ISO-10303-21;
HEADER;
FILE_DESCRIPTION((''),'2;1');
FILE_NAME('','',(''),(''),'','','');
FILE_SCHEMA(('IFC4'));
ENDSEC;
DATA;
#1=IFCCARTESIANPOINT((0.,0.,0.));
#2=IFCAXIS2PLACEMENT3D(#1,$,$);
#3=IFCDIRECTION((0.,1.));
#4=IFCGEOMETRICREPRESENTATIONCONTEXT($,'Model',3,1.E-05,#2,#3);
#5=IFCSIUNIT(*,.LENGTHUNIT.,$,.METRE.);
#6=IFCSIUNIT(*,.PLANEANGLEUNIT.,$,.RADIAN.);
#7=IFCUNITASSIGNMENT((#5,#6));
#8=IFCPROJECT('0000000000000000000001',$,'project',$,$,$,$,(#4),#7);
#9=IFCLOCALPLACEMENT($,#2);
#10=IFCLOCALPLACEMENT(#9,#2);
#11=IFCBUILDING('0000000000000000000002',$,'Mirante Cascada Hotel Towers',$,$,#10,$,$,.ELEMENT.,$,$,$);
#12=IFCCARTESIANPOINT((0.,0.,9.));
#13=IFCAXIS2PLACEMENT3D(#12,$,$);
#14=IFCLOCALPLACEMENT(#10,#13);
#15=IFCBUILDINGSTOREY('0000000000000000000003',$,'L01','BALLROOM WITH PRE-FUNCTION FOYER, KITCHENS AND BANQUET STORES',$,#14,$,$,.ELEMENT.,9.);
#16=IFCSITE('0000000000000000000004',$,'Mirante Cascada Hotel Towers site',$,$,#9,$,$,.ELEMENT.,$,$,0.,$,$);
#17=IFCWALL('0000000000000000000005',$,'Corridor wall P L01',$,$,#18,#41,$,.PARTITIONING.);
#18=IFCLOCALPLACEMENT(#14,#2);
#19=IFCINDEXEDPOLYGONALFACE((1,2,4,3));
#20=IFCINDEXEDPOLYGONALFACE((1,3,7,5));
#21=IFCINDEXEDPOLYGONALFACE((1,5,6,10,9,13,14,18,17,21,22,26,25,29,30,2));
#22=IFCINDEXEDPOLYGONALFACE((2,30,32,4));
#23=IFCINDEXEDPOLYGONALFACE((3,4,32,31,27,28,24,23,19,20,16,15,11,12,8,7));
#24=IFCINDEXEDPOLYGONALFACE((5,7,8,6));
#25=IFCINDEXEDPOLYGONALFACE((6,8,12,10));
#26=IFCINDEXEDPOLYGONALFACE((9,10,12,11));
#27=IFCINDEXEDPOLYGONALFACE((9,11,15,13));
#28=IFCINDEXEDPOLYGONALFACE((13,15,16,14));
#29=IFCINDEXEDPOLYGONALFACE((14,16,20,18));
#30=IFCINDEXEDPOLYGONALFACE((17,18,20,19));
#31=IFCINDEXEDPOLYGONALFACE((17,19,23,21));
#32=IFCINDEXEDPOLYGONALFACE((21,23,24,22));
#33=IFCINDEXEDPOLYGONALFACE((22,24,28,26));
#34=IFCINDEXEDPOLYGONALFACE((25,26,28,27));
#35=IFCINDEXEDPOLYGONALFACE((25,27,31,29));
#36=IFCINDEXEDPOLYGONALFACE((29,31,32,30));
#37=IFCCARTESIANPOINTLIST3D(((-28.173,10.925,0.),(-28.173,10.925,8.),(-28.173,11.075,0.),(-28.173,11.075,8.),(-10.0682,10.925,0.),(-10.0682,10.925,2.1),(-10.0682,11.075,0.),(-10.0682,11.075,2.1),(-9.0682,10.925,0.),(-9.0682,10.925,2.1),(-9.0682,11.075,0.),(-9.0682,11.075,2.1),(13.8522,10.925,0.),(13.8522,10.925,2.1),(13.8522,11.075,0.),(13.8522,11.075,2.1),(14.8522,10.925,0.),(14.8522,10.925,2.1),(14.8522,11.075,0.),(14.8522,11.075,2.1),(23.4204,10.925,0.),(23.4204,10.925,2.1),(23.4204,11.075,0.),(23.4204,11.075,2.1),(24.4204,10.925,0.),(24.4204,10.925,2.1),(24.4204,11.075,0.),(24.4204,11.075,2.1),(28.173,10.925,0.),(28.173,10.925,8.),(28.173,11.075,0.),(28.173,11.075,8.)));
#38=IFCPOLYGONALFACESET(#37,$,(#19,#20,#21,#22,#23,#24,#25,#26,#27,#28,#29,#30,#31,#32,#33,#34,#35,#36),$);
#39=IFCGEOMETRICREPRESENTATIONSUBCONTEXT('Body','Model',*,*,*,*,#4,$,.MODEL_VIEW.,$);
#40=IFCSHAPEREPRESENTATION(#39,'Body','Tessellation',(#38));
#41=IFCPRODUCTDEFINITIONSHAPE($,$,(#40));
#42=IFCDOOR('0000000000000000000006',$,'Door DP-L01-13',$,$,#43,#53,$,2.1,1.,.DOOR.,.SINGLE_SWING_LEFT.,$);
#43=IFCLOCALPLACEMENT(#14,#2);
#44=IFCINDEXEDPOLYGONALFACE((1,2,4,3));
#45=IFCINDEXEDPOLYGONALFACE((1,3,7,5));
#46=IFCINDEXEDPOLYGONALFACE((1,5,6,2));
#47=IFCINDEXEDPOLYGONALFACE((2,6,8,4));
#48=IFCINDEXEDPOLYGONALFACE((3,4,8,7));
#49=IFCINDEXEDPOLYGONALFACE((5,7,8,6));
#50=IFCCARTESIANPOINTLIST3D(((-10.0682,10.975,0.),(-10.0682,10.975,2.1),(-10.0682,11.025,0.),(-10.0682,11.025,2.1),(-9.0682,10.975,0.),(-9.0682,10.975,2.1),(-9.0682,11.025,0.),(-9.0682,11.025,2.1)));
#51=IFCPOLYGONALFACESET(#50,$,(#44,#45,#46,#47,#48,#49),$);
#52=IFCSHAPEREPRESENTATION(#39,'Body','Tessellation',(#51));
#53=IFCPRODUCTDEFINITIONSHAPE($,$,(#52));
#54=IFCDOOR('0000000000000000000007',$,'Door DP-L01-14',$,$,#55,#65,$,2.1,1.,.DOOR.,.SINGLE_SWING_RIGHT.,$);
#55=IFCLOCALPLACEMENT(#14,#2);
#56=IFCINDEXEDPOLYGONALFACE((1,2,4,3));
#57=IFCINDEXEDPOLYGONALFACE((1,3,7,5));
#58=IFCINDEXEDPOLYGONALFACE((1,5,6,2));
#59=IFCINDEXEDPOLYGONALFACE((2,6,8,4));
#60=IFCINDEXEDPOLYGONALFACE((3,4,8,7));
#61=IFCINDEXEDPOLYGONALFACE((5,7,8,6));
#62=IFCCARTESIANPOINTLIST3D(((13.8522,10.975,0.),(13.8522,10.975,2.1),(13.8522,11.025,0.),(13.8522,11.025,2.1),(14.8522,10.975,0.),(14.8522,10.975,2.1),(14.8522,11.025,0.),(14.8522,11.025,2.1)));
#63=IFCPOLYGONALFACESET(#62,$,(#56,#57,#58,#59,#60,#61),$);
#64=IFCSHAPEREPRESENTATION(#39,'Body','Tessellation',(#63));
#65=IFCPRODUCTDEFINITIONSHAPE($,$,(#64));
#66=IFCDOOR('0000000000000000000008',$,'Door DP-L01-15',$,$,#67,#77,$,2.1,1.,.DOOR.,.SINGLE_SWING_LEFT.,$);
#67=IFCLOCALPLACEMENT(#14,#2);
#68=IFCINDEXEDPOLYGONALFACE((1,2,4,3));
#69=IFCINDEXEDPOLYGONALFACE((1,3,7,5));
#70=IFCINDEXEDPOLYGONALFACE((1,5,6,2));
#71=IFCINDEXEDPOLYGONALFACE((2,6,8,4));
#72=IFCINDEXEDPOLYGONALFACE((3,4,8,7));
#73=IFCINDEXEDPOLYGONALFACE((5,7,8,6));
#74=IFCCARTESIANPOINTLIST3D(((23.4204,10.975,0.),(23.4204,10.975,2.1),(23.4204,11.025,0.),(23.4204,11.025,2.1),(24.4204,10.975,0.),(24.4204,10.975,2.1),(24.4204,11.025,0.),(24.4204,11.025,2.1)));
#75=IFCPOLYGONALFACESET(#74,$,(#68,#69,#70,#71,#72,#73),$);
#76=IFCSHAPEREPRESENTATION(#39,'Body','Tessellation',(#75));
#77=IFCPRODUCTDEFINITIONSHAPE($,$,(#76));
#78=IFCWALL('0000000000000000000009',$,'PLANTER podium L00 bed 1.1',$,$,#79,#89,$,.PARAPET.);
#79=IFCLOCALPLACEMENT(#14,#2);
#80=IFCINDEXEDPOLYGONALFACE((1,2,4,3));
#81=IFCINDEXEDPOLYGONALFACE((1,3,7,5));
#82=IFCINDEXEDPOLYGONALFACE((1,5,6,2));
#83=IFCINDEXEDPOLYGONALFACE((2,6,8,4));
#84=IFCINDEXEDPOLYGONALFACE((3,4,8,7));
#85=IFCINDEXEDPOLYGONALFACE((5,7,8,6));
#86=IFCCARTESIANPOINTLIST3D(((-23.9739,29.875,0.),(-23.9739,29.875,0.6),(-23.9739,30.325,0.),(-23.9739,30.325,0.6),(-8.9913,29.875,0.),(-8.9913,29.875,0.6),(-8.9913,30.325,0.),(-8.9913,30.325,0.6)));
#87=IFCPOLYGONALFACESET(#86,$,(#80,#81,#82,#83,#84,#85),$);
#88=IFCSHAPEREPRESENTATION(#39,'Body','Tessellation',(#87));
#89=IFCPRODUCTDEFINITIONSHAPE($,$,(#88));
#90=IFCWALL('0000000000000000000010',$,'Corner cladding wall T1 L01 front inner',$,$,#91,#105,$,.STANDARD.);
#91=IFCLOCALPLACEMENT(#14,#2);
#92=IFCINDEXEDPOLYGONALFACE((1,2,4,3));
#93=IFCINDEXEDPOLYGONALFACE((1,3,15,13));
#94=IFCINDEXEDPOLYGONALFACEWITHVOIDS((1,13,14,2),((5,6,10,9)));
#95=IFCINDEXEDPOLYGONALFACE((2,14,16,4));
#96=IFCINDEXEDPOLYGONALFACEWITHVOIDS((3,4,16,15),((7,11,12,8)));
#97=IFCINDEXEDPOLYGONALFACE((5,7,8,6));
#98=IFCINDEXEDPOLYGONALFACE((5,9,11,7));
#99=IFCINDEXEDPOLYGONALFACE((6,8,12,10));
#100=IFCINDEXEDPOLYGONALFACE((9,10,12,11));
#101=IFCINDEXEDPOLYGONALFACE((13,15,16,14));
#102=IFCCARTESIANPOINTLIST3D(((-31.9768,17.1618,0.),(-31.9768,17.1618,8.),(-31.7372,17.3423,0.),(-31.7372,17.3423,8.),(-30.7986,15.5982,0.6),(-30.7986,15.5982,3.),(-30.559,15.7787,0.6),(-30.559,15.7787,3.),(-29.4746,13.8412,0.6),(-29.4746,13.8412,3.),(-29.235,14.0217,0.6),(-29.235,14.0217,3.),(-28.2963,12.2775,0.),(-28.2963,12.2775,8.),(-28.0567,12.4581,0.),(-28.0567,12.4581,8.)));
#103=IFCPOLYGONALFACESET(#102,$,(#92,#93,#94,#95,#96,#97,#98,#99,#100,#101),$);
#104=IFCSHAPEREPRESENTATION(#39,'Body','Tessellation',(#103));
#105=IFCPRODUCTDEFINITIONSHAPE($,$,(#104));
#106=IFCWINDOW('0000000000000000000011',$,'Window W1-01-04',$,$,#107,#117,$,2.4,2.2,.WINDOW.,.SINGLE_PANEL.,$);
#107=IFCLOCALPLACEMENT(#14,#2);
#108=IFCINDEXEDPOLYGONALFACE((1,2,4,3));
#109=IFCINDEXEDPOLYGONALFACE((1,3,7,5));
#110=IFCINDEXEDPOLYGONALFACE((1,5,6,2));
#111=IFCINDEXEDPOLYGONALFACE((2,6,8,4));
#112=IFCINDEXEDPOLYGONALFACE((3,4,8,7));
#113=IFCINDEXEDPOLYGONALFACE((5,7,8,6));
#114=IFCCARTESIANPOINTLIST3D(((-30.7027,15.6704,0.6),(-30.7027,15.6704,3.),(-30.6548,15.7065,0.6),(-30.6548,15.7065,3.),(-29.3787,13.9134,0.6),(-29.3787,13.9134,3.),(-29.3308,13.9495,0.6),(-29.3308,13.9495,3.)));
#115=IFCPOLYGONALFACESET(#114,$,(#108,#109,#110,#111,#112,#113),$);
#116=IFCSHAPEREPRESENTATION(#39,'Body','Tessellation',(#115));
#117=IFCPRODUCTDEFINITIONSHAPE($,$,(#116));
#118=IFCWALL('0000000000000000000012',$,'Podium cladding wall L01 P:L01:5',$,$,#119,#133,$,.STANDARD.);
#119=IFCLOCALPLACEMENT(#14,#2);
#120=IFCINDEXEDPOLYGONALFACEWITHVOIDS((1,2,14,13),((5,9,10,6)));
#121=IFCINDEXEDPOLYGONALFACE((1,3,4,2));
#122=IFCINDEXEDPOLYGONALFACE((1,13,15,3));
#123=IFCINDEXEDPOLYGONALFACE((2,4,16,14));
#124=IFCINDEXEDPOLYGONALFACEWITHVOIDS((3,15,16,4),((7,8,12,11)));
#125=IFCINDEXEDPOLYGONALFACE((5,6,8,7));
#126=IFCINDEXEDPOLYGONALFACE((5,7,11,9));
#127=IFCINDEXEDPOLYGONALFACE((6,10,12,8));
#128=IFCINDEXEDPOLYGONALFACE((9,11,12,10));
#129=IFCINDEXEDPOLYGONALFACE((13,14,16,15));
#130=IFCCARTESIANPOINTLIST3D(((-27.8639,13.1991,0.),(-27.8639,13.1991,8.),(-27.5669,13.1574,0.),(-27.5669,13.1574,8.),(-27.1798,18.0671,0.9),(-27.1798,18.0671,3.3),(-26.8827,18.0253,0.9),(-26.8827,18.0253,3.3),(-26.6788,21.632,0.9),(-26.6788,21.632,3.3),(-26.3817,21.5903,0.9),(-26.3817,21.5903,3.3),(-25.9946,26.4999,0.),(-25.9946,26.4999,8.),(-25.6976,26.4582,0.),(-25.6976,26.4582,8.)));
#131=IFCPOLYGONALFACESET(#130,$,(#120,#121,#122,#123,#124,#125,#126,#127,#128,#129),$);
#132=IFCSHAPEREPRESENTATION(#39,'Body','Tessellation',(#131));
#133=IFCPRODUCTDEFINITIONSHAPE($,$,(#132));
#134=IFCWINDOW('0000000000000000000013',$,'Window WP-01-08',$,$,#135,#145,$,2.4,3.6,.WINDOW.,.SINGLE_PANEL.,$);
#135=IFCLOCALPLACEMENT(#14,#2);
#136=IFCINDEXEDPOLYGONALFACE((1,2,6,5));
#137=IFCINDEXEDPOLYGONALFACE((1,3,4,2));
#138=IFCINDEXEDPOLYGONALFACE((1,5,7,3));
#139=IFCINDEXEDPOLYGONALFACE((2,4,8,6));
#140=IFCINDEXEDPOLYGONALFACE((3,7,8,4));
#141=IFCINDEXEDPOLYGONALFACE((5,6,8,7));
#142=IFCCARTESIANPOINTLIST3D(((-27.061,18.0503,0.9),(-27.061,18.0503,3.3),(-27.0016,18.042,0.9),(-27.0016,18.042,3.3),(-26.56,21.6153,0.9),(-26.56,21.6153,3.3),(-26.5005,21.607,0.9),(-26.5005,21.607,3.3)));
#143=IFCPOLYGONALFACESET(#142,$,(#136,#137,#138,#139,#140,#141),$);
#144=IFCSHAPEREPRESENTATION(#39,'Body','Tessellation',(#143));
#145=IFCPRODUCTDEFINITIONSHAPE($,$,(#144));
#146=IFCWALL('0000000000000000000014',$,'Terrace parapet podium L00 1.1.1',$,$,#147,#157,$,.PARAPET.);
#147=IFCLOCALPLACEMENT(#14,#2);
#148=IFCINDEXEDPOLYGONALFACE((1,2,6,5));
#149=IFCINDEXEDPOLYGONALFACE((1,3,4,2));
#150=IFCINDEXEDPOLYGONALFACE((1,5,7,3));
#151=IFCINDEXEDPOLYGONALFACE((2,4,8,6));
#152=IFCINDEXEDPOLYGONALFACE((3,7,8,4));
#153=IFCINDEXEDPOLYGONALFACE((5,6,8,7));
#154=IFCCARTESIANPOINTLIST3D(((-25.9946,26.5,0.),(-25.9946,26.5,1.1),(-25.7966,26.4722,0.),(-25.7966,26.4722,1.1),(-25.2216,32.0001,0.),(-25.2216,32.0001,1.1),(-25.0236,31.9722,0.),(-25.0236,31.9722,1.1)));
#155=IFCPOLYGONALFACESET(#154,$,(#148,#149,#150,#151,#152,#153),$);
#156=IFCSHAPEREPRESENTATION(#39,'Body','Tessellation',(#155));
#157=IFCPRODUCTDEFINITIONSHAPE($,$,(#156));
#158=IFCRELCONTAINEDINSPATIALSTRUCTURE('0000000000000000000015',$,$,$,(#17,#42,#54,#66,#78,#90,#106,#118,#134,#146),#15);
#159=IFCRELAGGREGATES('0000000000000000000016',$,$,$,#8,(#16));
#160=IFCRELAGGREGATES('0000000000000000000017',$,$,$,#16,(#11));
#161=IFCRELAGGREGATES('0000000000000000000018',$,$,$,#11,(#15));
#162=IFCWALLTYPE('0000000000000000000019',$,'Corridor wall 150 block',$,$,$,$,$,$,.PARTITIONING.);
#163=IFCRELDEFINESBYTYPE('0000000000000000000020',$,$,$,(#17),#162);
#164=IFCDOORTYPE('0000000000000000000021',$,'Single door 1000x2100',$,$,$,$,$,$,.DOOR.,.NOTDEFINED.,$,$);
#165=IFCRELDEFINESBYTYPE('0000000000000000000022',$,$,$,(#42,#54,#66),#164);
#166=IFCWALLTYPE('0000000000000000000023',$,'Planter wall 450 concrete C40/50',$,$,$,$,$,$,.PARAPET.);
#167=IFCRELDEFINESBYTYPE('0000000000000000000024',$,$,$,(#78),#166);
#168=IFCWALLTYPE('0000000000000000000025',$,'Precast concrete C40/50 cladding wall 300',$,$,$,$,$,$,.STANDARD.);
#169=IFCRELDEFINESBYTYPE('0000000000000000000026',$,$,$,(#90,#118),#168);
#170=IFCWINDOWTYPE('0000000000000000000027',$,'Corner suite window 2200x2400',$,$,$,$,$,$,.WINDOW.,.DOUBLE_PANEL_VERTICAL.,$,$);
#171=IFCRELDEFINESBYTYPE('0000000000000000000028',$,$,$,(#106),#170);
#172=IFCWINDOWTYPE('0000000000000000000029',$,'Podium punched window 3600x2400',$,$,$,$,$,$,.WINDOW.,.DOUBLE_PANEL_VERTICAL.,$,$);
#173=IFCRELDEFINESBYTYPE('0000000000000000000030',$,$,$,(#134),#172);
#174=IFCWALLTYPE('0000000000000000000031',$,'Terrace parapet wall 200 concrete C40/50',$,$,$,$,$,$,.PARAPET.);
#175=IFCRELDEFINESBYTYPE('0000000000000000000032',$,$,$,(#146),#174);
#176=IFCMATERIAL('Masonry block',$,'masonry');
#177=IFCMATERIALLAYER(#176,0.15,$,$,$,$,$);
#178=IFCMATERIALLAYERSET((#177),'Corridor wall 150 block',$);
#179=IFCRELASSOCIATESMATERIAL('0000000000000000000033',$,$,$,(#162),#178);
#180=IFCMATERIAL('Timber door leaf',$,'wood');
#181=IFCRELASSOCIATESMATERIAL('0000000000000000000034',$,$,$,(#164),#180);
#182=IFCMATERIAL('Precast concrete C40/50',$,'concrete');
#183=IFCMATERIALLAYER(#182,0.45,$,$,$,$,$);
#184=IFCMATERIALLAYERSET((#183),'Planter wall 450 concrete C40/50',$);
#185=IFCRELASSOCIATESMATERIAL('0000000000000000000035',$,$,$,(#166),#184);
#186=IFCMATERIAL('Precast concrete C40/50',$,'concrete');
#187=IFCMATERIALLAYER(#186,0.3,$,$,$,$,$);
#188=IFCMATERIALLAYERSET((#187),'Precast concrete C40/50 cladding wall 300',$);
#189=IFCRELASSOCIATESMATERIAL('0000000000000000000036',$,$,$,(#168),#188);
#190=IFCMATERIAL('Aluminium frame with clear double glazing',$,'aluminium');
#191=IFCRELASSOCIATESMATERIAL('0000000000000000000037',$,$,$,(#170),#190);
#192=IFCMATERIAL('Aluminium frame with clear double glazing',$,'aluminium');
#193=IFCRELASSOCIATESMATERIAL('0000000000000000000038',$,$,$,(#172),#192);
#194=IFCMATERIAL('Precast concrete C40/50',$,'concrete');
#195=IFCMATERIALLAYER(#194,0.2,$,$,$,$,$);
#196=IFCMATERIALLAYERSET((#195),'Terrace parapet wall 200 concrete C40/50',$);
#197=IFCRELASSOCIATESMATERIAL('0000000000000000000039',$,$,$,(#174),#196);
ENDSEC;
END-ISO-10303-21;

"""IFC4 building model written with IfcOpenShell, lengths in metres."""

from ifc_helpers import new_model, si_unit, direction, frame, frame_2d, origin, place, context, subcontext, project, spatial, rectangle, extrude, material, layer, layer_set, type_object, element, fill, save


model = new_model("IFC4")

# Units and contexts
model_context = context("Model", 3, precision=1e-05, world=origin(), true_north=direction((0.0, 1.0)))
body_context = subcontext(model_context, "Body", "Model", "MODEL_VIEW")
ifc_project = project(units=[si_unit("LENGTHUNIT", "METRE"), si_unit("PLANEANGLEUNIT", "RADIAN")], contexts=[model_context])

# Site, building, storey
site_placement = place(None, origin())
site = spatial("IfcSite", under=ifc_project, at=site_placement, Name="Mirante Cascada Hotel Towers site", CompositionType="ELEMENT", RefElevation=0.0)
building_placement = place(site_placement, origin())
building = spatial("IfcBuilding", under=site, at=building_placement, Name="Mirante Cascada Hotel Towers", CompositionType="ELEMENT")
storey_placement = place(building_placement, frame((0.0, 0.0, 9.0)))
storey = spatial("IfcBuildingStorey", under=building, at=storey_placement, Name="L01", Description="BALLROOM WITH PRE-FUNCTION FOYER, KITCHENS AND BANQUET STORES", CompositionType="ELEMENT", Elevation=9.0)

# Wall, openings, doors
ifc_material_1 = material(Name="Masonry block", Category="masonry")
ifc_layer_1 = layer(ifc_material_1, 0.15)
ifc_layer_set_1 = layer_set([ifc_layer_1], Name="Corridor wall 150 block")
wall_type_1 = type_object("IfcWallType", Name="Corridor wall 150 block", PredefinedType="PARTITIONING", material=ifc_layer_set_1)
wall_1_placement = place(storey_placement, frame((-28.173, 11.0, 0.0), z_axis=(0.0, 0.0, 1.0), x_axis=(1.0, 0.0, 0.0)))
wall_1 = element("IfcWall", 1, at=wall_1_placement, inside=storey, type_object=wall_type_1, Name="Corridor wall P L01", PredefinedType="PARTITIONING", context=body_context, shape_type="SweptSolid", body=[
    extrude(rectangle(XDim=56.346, YDim=0.15, at=frame_2d((28.173, 0.0))), origin(), (0.0, 0.0, 1.0), 8.0),
])
opening_1_placement = place(wall_1_placement, frame((18.1048, 0.0, 0.0)))
opening_1 = element("IfcOpeningElement", 2, at=opening_1_placement, cuts=wall_1, PredefinedType="OPENING", context=body_context, shape_type="SweptSolid", body=[
    extrude(rectangle(XDim=1.0, YDim=2.1, at=frame_2d((0.5, 1.05))), frame((0.0, 0.075, 0.0), z_axis=(0.0, -1.0, 0.0), x_axis=(1.0, 0.0, 0.0)), (0.0, 0.0, 1.0), 0.15),
])
opening_2_placement = place(wall_1_placement, frame((42.0252, 0.0, 0.0)))
opening_2 = element("IfcOpeningElement", 3, at=opening_2_placement, cuts=wall_1, PredefinedType="OPENING", context=body_context, shape_type="SweptSolid", body=[
    extrude(rectangle(XDim=1.0, YDim=2.1, at=frame_2d((0.5, 1.05))), frame((0.0, 0.075, 0.0), z_axis=(0.0, -1.0, 0.0), x_axis=(1.0, 0.0, 0.0)), (0.0, 0.0, 1.0), 0.15),
])
opening_3_placement = place(wall_1_placement, frame((51.5934, 0.0, 0.0)))
opening_3 = element("IfcOpeningElement", 4, at=opening_3_placement, cuts=wall_1, PredefinedType="OPENING", context=body_context, shape_type="SweptSolid", body=[
    extrude(rectangle(XDim=1.0, YDim=2.1, at=frame_2d((0.5, 1.05))), frame((0.0, 0.075, 0.0), z_axis=(0.0, -1.0, 0.0), x_axis=(1.0, 0.0, 0.0)), (0.0, 0.0, 1.0), 0.15),
])
ifc_material_2 = material(Name="Timber door leaf", Category="wood")
door_type = type_object("IfcDoorType", Name="Single door 1000x2100", OperationType="NOTDEFINED", PredefinedType="DOOR", material=ifc_material_2)
door_1_placement = place(opening_1_placement, frame((1.0, 0.0, 0.0), z_axis=(0.0, 0.0, 1.0), x_axis=(-1.0, 0.0, 0.0)))
door_1 = element("IfcDoor", 5, at=door_1_placement, inside=storey, type_object=door_type, Name="Door DP-L01-13", OperationType="SINGLE_SWING_LEFT", OverallHeight=2.1, OverallWidth=1.0, PredefinedType="DOOR", context=body_context, shape_type="SweptSolid", body=[
    extrude(rectangle(XDim=1.0, YDim=2.1, at=frame_2d((0.5, 1.05))), frame((0.0, 0.025, 0.0), z_axis=(0.0, -1.0, 0.0), x_axis=(1.0, 0.0, 0.0)), (0.0, 0.0, 1.0), 0.05),
])
fill(opening_1, door_1)
door_2_placement = place(opening_2_placement, origin())
door_2 = element("IfcDoor", 6, at=door_2_placement, inside=storey, type_object=door_type, Name="Door DP-L01-14", OperationType="SINGLE_SWING_RIGHT", OverallHeight=2.1, OverallWidth=1.0, PredefinedType="DOOR", context=body_context, shape_type="SweptSolid", body=[
    extrude(rectangle(XDim=1.0, YDim=2.1, at=frame_2d((0.5, 1.05))), frame((0.0, 0.025, 0.0), z_axis=(0.0, -1.0, 0.0), x_axis=(1.0, 0.0, 0.0)), (0.0, 0.0, 1.0), 0.05),
])
fill(opening_2, door_2)
door_3_placement = place(opening_3_placement, origin())
door_3 = element("IfcDoor", 7, at=door_3_placement, inside=storey, type_object=door_type, Name="Door DP-L01-15", OperationType="SINGLE_SWING_LEFT", OverallHeight=2.1, OverallWidth=1.0, PredefinedType="DOOR", context=body_context, shape_type="SweptSolid", body=[
    extrude(rectangle(XDim=1.0, YDim=2.1, at=frame_2d((0.5, 1.05))), frame((0.0, 0.025, 0.0), z_axis=(0.0, -1.0, 0.0), x_axis=(1.0, 0.0, 0.0)), (0.0, 0.0, 1.0), 0.05),
])
fill(opening_3, door_3)

# Wall
ifc_material_3 = material(Name="Precast concrete C40/50", Category="concrete")
ifc_layer_2 = layer(ifc_material_3, 0.45)
ifc_layer_set_2 = layer_set([ifc_layer_2], Name="Planter wall 450 concrete C40/50")
wall_type_2 = type_object("IfcWallType", Name="Planter wall 450 concrete C40/50", PredefinedType="PARAPET", material=ifc_layer_set_2)
wall_2_placement = place(storey_placement, frame((-23.9739, 30.1, 0.0), z_axis=(0.0, 0.0, 1.0), x_axis=(1.0, 0.0, 0.0)))
element("IfcWall", 8, at=wall_2_placement, inside=storey, type_object=wall_type_2, Name="PLANTER podium L00 bed 1.1", PredefinedType="PARAPET", context=body_context, shape_type="SweptSolid", body=[
    extrude(rectangle(XDim=14.9826, YDim=0.45, at=frame_2d((7.4913, 0.0))), origin(), (0.0, 0.0, 1.0), 0.6),
])

# Walls, openings, windows
ifc_material_4 = material(Name="Precast concrete C40/50", Category="concrete")
ifc_layer_3 = layer(ifc_material_4, 0.3)
ifc_layer_set_3 = layer_set([ifc_layer_3], Name="Precast concrete C40/50 cladding wall 300")
wall_type_3 = type_object("IfcWallType", Name="Precast concrete C40/50 cladding wall 300", PredefinedType="STANDARD", material=ifc_layer_set_3)
wall_3_placement = place(storey_placement, frame((-31.857, 17.252, 0.0), z_axis=(0.0, 0.0, 1.0), x_axis=(0.601814, -0.798636, 0.0)))
wall_3 = element("IfcWall", 9, at=wall_3_placement, inside=storey, type_object=wall_type_3, Name="Corner cladding wall T1 L01 front inner", PredefinedType="STANDARD", context=body_context, shape_type="SweptSolid", body=[
    extrude(rectangle(XDim=6.1157, YDim=0.3, at=frame_2d((3.0578, 0.0))), origin(), (0.0, 0.0, 1.0), 8.0),
])
opening_4_placement = place(wall_3_placement, frame((1.9578, 0.0, 0.6)))
opening_4 = element("IfcOpeningElement", 10, at=opening_4_placement, cuts=wall_3, PredefinedType="OPENING", context=body_context, shape_type="SweptSolid", body=[
    extrude(rectangle(XDim=2.2, YDim=2.4, at=frame_2d((1.1, 1.2))), frame((0.0, 0.15, 0.0), z_axis=(0.0, -1.0, 0.0), x_axis=(1.0, 0.0, 0.0)), (0.0, 0.0, 1.0), 0.3),
])
ifc_material_5 = material(Name="Aluminium frame with clear double glazing", Category="aluminium")
window_type_1 = type_object("IfcWindowType", Name="Corner suite window 2200x2400", PartitioningType="DOUBLE_PANEL_VERTICAL", PredefinedType="WINDOW", material=ifc_material_5)
window_1_placement = place(opening_4_placement, origin())
window_1 = element("IfcWindow", 11, at=window_1_placement, inside=storey, type_object=window_type_1, Name="Window W1-01-04", OverallHeight=2.4, OverallWidth=2.2, PartitioningType="SINGLE_PANEL", PredefinedType="WINDOW", context=body_context, shape_type="SweptSolid", body=[
    extrude(rectangle(XDim=2.2, YDim=2.4, at=frame_2d((1.1, 1.2))), frame((0.0, 0.03, 0.0), z_axis=(0.0, -1.0, 0.0), x_axis=(1.0, 0.0, 0.0)), (0.0, 0.0, 1.0), 0.06),
])
fill(opening_4, window_1)
wall_4_placement = place(storey_placement, frame((-25.8461, 26.4791, 0.0), z_axis=(0.0, 0.0, 1.0), x_axis=(-0.139173, -0.990268, 0.0)))
wall_4 = element("IfcWall", 12, at=wall_4_placement, inside=storey, type_object=wall_type_3, Name="Podium cladding wall L01 P:L01:5", PredefinedType="STANDARD", context=body_context, shape_type="SweptSolid", body=[
    extrude(rectangle(XDim=13.4315, YDim=0.3, at=frame_2d((6.7158, 0.0))), origin(), (0.0, 0.0, 1.0), 8.0),
])
opening_5_placement = place(wall_4_placement, frame((4.9158, 0.0, 0.9)))
opening_5 = element("IfcOpeningElement", 13, at=opening_5_placement, cuts=wall_4, PredefinedType="OPENING", context=body_context, shape_type="SweptSolid", body=[
    extrude(rectangle(XDim=3.6, YDim=2.4, at=frame_2d((1.8, 1.2))), frame((0.0, 0.15, 0.0), z_axis=(0.0, -1.0, 0.0), x_axis=(1.0, 0.0, 0.0)), (0.0, 0.0, 1.0), 0.3),
])
ifc_material_6 = material(Name="Aluminium frame with clear double glazing", Category="aluminium")
window_type_2 = type_object("IfcWindowType", Name="Podium punched window 3600x2400", PartitioningType="DOUBLE_PANEL_VERTICAL", PredefinedType="WINDOW", material=ifc_material_6)
window_2_placement = place(opening_5_placement, origin())
window_2 = element("IfcWindow", 14, at=window_2_placement, inside=storey, type_object=window_type_2, Name="Window WP-01-08", OverallHeight=2.4, OverallWidth=3.6, PartitioningType="SINGLE_PANEL", PredefinedType="WINDOW", context=body_context, shape_type="SweptSolid", body=[
    extrude(rectangle(XDim=3.6, YDim=2.4, at=frame_2d((1.8, 1.2))), frame((0.0, 0.03, 0.0), z_axis=(0.0, -1.0, 0.0), x_axis=(1.0, 0.0, 0.0)), (0.0, 0.0, 1.0), 0.06),
])
fill(opening_5, window_2)

# Wall
ifc_material_7 = material(Name="Precast concrete C40/50", Category="concrete")
ifc_layer_4 = layer(ifc_material_7, 0.2)
ifc_layer_set_4 = layer_set([ifc_layer_4], Name="Terrace parapet wall 200 concrete C40/50")
wall_type_4 = type_object("IfcWallType", Name="Terrace parapet wall 200 concrete C40/50", PredefinedType="PARAPET", material=ifc_layer_set_4)
wall_5_placement = place(storey_placement, frame((-25.1226, 31.9861, 0.0), z_axis=(0.0, 0.0, 1.0), x_axis=(-0.139178, -0.990267, 0.0)))
element("IfcWall", 15, at=wall_5_placement, inside=storey, type_object=wall_type_4, Name="Terrace parapet podium L00 1.1.1", PredefinedType="PARAPET", context=body_context, shape_type="SweptSolid", body=[
    extrude(rectangle(XDim=5.5541, YDim=0.2, at=frame_2d((2.777, 0.0))), origin(), (0.0, 0.0, 1.0), 1.1),
])

save(model, "model.ifc")
